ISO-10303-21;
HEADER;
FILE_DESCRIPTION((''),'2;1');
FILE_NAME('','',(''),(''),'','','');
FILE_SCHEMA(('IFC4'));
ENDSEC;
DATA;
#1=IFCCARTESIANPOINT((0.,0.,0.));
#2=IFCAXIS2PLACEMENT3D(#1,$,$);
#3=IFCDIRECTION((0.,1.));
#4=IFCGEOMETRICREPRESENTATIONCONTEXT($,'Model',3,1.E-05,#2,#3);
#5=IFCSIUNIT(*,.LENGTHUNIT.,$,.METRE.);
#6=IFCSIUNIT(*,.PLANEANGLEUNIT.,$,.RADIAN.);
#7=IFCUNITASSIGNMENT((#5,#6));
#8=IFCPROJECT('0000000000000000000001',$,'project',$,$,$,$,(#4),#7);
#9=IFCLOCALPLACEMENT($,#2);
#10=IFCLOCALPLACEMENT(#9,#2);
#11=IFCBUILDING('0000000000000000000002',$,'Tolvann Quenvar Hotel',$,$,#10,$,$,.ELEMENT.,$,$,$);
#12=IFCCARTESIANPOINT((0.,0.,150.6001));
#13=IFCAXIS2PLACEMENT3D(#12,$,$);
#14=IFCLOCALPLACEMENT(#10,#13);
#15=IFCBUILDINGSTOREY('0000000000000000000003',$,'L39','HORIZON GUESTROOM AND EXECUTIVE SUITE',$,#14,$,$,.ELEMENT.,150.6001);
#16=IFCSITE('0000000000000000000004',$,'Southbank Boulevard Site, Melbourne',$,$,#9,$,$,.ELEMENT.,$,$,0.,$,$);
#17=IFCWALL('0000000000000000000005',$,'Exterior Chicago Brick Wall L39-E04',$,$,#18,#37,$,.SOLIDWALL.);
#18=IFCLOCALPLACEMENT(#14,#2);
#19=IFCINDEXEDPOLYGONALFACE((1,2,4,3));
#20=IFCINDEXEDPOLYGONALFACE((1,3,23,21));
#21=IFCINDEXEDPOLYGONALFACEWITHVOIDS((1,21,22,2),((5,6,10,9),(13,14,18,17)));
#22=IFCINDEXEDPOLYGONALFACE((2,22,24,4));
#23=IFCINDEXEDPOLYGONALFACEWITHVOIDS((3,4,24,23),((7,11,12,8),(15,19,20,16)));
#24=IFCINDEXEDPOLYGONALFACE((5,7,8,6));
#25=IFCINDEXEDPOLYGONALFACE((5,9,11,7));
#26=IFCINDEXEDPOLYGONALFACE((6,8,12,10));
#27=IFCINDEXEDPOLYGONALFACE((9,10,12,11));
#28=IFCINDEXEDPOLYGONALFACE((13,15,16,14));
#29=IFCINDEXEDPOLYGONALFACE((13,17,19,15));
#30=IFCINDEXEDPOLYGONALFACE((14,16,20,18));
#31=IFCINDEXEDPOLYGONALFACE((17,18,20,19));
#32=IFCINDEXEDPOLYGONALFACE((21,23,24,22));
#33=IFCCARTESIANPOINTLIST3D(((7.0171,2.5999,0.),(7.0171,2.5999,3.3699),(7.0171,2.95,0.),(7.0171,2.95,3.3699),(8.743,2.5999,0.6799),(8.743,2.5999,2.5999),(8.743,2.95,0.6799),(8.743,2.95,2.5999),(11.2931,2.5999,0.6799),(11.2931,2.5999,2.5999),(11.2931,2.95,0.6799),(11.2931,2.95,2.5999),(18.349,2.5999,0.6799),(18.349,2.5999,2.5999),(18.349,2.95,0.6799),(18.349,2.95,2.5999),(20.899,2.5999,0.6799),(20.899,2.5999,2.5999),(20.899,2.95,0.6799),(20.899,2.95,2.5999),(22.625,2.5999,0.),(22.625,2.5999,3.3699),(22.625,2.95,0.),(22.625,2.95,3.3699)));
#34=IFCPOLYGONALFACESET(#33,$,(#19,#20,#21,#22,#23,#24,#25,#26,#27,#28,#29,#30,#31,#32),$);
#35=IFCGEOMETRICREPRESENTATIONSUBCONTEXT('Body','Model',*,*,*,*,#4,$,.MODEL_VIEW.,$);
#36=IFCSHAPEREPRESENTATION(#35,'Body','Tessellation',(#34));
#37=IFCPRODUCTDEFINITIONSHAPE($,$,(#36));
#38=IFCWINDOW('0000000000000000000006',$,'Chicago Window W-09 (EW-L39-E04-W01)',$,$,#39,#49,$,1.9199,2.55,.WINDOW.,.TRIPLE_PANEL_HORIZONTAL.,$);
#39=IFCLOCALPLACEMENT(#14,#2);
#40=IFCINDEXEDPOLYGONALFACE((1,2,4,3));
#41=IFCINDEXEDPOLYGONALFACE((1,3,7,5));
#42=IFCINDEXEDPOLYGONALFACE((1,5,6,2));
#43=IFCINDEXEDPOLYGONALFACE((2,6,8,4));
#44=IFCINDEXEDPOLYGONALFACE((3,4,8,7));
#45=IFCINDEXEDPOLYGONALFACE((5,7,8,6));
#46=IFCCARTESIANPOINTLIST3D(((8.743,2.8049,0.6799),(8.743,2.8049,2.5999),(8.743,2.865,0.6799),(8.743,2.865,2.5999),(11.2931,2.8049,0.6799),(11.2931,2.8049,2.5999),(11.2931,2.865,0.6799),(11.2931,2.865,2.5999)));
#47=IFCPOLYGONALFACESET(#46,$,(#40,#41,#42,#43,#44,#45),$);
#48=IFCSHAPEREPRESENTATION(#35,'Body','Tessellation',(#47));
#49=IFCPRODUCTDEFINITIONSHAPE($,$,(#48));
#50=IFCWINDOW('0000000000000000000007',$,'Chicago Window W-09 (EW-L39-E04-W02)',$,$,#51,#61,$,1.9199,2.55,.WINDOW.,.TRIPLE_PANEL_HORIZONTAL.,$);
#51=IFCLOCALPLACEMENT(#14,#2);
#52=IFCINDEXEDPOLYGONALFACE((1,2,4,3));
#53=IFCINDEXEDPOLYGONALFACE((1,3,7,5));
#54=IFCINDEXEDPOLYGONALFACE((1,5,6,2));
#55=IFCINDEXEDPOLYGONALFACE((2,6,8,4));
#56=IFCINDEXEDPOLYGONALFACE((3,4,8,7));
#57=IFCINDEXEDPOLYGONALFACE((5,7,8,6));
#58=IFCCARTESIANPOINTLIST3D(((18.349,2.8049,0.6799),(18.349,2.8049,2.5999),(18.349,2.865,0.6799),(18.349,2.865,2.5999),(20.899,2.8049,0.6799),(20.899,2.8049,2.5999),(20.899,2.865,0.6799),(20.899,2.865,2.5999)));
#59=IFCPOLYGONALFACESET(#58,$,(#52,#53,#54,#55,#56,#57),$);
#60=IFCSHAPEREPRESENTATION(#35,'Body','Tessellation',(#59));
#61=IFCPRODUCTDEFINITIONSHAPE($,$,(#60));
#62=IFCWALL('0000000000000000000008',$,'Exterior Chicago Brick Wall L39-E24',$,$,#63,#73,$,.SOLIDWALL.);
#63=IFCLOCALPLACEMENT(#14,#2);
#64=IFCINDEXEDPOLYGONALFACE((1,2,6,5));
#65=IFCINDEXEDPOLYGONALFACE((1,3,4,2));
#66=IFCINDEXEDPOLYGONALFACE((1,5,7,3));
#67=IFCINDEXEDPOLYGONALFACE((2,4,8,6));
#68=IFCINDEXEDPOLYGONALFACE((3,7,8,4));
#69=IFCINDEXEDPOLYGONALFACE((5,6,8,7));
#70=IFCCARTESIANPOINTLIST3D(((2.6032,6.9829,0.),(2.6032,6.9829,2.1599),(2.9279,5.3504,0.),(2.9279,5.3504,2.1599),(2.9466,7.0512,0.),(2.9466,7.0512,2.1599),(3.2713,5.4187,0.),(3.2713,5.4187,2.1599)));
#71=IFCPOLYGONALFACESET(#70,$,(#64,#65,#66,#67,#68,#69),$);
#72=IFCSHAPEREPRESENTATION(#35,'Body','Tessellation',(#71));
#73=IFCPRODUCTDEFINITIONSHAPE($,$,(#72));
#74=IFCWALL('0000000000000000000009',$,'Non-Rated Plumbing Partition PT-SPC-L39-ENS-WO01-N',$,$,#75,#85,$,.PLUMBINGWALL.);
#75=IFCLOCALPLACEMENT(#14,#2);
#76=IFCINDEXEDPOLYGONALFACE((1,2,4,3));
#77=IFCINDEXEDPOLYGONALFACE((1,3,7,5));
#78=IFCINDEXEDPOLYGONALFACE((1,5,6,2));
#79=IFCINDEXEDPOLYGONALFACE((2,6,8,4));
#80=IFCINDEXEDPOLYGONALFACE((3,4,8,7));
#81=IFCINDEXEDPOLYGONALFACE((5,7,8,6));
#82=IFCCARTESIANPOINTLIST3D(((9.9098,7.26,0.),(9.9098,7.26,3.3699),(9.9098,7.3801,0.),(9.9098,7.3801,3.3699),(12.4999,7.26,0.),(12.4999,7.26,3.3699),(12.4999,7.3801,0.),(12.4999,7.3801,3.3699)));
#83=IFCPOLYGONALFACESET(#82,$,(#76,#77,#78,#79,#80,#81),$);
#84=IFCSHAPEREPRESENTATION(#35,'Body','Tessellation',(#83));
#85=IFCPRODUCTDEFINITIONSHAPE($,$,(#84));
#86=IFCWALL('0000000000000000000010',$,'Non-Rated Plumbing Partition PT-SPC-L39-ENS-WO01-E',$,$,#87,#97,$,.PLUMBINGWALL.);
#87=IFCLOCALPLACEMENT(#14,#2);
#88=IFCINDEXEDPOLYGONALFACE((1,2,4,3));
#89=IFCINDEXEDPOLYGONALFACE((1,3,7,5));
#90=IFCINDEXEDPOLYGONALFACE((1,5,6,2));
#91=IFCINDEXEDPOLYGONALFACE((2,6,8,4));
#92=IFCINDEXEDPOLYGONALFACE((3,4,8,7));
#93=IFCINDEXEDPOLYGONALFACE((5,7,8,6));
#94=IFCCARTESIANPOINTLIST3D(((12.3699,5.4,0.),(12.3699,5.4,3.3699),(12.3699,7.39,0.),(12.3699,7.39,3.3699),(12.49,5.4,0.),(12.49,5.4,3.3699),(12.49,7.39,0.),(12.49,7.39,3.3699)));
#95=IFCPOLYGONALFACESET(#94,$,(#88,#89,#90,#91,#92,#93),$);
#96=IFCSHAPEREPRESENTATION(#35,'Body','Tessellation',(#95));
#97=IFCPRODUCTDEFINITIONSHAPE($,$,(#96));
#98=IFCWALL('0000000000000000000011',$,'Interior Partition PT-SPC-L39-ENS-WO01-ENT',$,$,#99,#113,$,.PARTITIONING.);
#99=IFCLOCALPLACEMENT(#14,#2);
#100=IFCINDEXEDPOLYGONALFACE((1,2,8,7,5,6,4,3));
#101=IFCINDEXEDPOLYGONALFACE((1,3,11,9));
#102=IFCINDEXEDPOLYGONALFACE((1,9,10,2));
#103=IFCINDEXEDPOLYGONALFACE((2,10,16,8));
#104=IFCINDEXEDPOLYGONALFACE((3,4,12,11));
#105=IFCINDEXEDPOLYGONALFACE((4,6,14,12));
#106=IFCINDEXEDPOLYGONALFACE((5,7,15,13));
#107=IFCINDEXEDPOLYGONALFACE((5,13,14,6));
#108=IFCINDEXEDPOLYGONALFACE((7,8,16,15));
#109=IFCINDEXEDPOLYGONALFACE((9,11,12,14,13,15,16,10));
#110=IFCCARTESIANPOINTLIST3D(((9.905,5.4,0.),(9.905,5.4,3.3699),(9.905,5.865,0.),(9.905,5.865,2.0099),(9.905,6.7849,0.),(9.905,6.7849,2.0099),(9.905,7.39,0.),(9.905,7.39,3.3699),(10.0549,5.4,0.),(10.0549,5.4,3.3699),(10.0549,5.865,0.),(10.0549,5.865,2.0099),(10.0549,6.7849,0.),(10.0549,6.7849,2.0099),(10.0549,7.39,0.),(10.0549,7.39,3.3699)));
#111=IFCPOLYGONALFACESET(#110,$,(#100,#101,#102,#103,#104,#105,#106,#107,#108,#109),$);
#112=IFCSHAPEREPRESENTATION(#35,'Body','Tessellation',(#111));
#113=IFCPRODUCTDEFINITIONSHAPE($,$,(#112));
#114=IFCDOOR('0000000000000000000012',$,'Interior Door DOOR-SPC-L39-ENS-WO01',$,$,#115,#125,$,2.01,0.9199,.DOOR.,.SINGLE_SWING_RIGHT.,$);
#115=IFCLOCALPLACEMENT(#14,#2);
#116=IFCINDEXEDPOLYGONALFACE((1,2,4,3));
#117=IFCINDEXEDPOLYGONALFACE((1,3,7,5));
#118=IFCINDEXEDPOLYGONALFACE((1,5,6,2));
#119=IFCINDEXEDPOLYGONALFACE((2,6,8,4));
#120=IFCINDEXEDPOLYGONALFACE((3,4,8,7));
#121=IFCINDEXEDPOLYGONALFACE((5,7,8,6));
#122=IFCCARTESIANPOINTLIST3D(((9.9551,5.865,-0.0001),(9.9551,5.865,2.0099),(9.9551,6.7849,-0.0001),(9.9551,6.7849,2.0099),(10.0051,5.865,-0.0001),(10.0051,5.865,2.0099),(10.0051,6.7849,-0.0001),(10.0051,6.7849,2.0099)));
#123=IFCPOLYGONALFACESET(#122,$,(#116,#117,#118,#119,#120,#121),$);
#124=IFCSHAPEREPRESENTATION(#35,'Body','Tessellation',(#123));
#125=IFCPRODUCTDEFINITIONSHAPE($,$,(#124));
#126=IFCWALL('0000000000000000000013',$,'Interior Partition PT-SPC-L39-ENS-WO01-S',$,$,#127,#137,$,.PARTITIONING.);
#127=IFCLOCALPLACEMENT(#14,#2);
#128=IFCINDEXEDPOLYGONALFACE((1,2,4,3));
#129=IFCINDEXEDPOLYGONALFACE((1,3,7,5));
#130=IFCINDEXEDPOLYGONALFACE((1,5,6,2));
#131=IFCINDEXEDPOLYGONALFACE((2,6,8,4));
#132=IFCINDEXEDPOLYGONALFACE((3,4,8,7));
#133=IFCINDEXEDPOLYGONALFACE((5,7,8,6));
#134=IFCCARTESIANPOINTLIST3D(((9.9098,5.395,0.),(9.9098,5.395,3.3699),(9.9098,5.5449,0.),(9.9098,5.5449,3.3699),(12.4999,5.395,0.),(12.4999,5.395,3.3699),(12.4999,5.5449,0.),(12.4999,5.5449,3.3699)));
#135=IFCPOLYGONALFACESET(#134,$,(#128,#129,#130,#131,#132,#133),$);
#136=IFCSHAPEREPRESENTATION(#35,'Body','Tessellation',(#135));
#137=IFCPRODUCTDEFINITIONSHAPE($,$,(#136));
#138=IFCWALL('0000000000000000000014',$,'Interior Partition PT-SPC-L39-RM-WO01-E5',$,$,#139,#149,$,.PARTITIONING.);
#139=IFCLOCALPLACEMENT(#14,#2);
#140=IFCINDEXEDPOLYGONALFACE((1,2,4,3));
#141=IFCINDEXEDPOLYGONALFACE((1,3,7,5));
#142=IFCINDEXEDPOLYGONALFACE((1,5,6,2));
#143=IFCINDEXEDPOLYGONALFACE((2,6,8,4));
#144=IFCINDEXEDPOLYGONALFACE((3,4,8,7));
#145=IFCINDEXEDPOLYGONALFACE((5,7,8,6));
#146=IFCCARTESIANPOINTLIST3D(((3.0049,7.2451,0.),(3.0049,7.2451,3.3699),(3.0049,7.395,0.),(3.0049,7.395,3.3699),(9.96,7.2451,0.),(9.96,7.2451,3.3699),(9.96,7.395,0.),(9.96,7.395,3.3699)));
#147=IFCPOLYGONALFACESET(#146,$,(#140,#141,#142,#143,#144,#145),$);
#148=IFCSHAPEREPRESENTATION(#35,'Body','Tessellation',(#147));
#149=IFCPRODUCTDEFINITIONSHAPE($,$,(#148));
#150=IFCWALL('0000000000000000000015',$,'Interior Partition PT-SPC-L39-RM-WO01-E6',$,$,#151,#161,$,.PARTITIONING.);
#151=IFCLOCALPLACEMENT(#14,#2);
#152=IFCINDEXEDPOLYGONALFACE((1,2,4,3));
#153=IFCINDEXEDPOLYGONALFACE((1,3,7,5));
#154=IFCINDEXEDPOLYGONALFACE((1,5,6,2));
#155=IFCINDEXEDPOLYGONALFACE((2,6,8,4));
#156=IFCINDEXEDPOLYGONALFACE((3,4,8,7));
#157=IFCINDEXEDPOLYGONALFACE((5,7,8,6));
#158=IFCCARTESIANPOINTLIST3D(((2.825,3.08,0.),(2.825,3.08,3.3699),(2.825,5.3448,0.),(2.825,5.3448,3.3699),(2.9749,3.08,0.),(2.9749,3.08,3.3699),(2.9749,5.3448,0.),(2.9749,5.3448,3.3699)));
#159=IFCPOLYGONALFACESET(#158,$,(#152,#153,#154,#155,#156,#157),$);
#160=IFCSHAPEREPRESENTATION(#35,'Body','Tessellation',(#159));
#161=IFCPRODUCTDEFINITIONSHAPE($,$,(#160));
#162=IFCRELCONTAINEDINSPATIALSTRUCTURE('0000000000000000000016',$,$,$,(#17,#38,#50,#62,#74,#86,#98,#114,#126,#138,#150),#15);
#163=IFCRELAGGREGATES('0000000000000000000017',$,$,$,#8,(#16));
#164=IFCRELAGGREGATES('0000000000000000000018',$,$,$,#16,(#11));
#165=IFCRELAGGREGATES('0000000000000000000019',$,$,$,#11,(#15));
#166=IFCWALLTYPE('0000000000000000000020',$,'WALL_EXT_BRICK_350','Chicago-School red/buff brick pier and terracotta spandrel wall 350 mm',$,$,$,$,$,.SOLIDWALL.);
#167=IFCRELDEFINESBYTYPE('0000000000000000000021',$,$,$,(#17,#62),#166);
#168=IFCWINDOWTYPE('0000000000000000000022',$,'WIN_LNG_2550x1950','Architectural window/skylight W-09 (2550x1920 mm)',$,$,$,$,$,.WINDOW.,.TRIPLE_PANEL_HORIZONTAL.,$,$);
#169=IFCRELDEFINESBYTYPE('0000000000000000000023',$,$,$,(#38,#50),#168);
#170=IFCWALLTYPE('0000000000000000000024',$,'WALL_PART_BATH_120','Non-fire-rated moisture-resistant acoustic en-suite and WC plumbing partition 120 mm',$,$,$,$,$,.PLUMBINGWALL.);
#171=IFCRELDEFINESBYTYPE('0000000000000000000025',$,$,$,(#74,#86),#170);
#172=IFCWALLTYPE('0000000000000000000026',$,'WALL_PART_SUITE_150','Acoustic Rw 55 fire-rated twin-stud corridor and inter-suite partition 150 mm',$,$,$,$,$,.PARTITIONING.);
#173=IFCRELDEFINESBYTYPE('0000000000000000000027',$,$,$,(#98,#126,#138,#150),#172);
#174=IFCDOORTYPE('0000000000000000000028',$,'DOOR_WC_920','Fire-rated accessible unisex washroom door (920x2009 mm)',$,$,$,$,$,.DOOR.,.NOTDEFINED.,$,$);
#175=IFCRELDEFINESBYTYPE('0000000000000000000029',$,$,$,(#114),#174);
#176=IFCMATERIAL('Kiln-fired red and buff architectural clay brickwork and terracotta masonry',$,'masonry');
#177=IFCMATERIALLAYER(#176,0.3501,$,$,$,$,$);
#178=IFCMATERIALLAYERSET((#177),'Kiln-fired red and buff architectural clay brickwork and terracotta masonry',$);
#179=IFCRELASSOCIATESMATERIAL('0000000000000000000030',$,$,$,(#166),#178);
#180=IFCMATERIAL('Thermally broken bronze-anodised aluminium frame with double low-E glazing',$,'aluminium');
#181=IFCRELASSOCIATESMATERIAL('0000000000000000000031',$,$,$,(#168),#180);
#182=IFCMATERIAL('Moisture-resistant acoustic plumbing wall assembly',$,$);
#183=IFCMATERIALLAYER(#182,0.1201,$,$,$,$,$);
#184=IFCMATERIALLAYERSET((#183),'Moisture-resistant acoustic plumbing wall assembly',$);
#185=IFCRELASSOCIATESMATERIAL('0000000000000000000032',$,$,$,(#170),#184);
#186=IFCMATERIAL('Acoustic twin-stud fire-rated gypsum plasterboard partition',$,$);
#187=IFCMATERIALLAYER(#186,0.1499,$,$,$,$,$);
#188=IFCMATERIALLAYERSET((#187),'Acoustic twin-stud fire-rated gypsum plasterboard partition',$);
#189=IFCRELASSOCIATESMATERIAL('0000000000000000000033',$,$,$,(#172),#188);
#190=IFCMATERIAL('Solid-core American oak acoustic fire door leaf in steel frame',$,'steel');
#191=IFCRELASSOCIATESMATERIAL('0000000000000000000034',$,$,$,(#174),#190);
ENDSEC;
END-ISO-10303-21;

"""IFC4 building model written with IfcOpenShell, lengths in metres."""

from ifc_helpers import new_model, si_unit, direction, frame, frame_2d, origin, place, context, subcontext, project, spatial, rectangle, extrude, source, transform, mapped, material, layer, layer_set, type_object, type_shapes, element, fill, save


model = new_model("IFC4")

# Units and contexts
model_context = context("Model", 3, precision=1e-05, world=origin(), true_north=direction((0.0, 1.0)))
body_context = subcontext(model_context, "Body", "Model", "MODEL_VIEW")
ifc_project = project(units=[si_unit("LENGTHUNIT", "METRE"), si_unit("PLANEANGLEUNIT", "RADIAN")], contexts=[model_context])

# Site, building, storey
site_placement = place(None, origin())
site = spatial("IfcSite", under=ifc_project, at=site_placement, Name="Southbank Boulevard Site, Melbourne", CompositionType="ELEMENT", RefElevation=0.0)
building_placement = place(site_placement, origin())
building = spatial("IfcBuilding", under=site, at=building_placement, Name="Tolvann Quenvar Hotel", CompositionType="ELEMENT")
storey_placement = place(building_placement, frame((0.0, 0.0, 150.6001)))
storey = spatial("IfcBuildingStorey", under=building, at=storey_placement, Name="L39", Description="HORIZON GUESTROOM AND EXECUTIVE SUITE", CompositionType="ELEMENT", Elevation=150.6001)

# Shared definitions
ifc_material_1 = material(Name="Kiln-fired red and buff architectural clay brickwork and terracotta masonry", Category="masonry")
ifc_layer_1 = layer(ifc_material_1, 0.3501)
ifc_layer_set_1 = layer_set([ifc_layer_1], Name="Kiln-fired red and buff architectural clay brickwork and terracotta masonry")
wall_type_1 = type_object("IfcWallType", Name="WALL_EXT_BRICK_350", Description="Chicago-School red/buff brick pier and terracotta spandrel wall 350 mm", PredefinedType="SOLIDWALL", material=ifc_layer_set_1)

# Wall, openings, windows
wall_1_placement = place(storey_placement, frame((7.0171, 2.7749, 0.0), z_axis=(0.0, 0.0, 1.0), x_axis=(1.0, 0.0, 0.0)))
wall_1 = element("IfcWall", 1, at=wall_1_placement, inside=storey, type_object=wall_type_1, Name="Exterior Chicago Brick Wall L39-E04", PredefinedType="SOLIDWALL", context=body_context, shape_type="SweptSolid", body=[
    extrude(rectangle(XDim=15.6079, YDim=0.3501, at=frame_2d((7.804, 0.0))), origin(), (0.0, 0.0, 1.0), 3.3699),
])
opening_1_placement = place(wall_1_placement, frame((1.7261, 0.0, 0.6799)))
opening_1 = element("IfcOpeningElement", 2, at=opening_1_placement, cuts=wall_1, PredefinedType="OPENING", context=body_context, shape_type="SweptSolid", body=[
    extrude(rectangle(XDim=2.55, YDim=1.9199, at=frame_2d((1.2749, 0.96))), frame((0.0, 0.1851, 0.0), z_axis=(0.0, -1.0, 0.0), x_axis=(1.0, 0.0, 0.0)), (0.0, 0.0, 1.0), 0.3701),
])
opening_2_placement = place(wall_1_placement, frame((11.332, 0.0, 0.6799)))
opening_2 = element("IfcOpeningElement", 3, at=opening_2_placement, cuts=wall_1, PredefinedType="OPENING", context=body_context, shape_type="SweptSolid", body=[
    extrude(rectangle(XDim=2.55, YDim=1.9199, at=frame_2d((1.2749, 0.96))), frame((0.0, 0.1851, 0.0), z_axis=(0.0, -1.0, 0.0), x_axis=(1.0, 0.0, 0.0)), (0.0, 0.0, 1.0), 0.3701),
])
ifc_material_2 = material(Name="Thermally broken bronze-anodised aluminium frame with double low-E glazing", Category="aluminium")
window_type = type_object("IfcWindowType", Name="WIN_LNG_2550x1950", Description="Architectural window/skylight W-09 (2550x1920 mm)", PartitioningType="TRIPLE_PANEL_HORIZONTAL", PredefinedType="WINDOW", material=ifc_material_2)
shared_shape_1 = source(origin(), body_context, "Body", "SweptSolid", [
    extrude(rectangle(XDim=2.55, YDim=1.9199, at=frame_2d((1.2749, 0.96))), frame((0.0, 0.0901, 0.0), z_axis=(0.0, -1.0, 0.0), x_axis=(1.0, 0.0, 0.0)), (0.0, 0.0, 1.0), 0.0601),
])
type_shapes(window_type, [shared_shape_1])
window_1_placement = place(opening_1_placement, origin())
window_1 = element("IfcWindow", 4, at=window_1_placement, inside=storey, type_object=window_type, Name="Chicago Window W-09 (EW-L39-E04-W01)", OverallHeight=1.9199, OverallWidth=2.55, PartitioningType="TRIPLE_PANEL_HORIZONTAL", PredefinedType="WINDOW", context=body_context, shape_type="MappedRepresentation", body=[
    mapped(shared_shape_1, transform((0.0, 0.0, 0.0), x_axis=(1.0, 0.0, 0.0), y_axis=(0.0, 1.0, 0.0), z_axis=(0.0, 0.0, 1.0), scale=1.0)),
])
fill(opening_1, window_1)
window_2_placement = place(opening_2_placement, origin())
window_2 = element("IfcWindow", 5, at=window_2_placement, inside=storey, type_object=window_type, Name="Chicago Window W-09 (EW-L39-E04-W02)", OverallHeight=1.9199, OverallWidth=2.55, PartitioningType="TRIPLE_PANEL_HORIZONTAL", PredefinedType="WINDOW", context=body_context, shape_type="MappedRepresentation", body=[
    mapped(shared_shape_1, transform((0.0, 0.0, 0.0), x_axis=(1.0, 0.0, 0.0), y_axis=(0.0, 1.0, 0.0), z_axis=(0.0, 0.0, 1.0), scale=1.0)),
])
fill(opening_2, window_2)

# Walls
wall_2_placement = place(storey_placement, frame((2.7749, 7.0171, 0.0), z_axis=(0.0, 0.0, 1.0), x_axis=(0.195072, -0.980789, 0.0)))
element("IfcWall", 6, at=wall_2_placement, inside=storey, type_object=wall_type_1, Name="Exterior Chicago Brick Wall L39-E24", PredefinedType="SOLIDWALL", context=body_context, shape_type="SweptSolid", body=[
    extrude(rectangle(XDim=1.6646, YDim=0.3501, at=frame_2d((0.8323, 0.0))), origin(), (0.0, 0.0, 1.0), 2.1599),
])
ifc_material_3 = material(Name="Moisture-resistant acoustic plumbing wall assembly")
ifc_layer_2 = layer(ifc_material_3, 0.1201)
ifc_layer_set_2 = layer_set([ifc_layer_2], Name="Moisture-resistant acoustic plumbing wall assembly")
wall_type_2 = type_object("IfcWallType", Name="WALL_PART_BATH_120", Description="Non-fire-rated moisture-resistant acoustic en-suite and WC plumbing partition 120 mm", PredefinedType="PLUMBINGWALL", material=ifc_layer_set_2)
wall_3_placement = place(storey_placement, frame((9.9099, 7.3201, 0.0), z_axis=(0.0, 0.0, 1.0), x_axis=(1.0, 0.0, 0.0)))
element("IfcWall", 7, at=wall_3_placement, inside=storey, type_object=wall_type_2, Name="Non-Rated Plumbing Partition PT-SPC-L39-ENS-WO01-N", PredefinedType="PLUMBINGWALL", context=body_context, shape_type="SweptSolid", body=[
    extrude(rectangle(XDim=2.5901, YDim=0.1201, at=frame_2d((1.2949, 0.0))), origin(), (0.0, 0.0, 1.0), 3.3699),
])
wall_4_placement = place(storey_placement, frame((12.4299, 5.3999, 0.0), z_axis=(0.0, 0.0, 1.0), x_axis=(0.0, 1.0, 0.0)))
element("IfcWall", 8, at=wall_4_placement, inside=storey, type_object=wall_type_2, Name="Non-Rated Plumbing Partition PT-SPC-L39-ENS-WO01-E", PredefinedType="PLUMBINGWALL", context=body_context, shape_type="SweptSolid", body=[
    extrude(rectangle(XDim=1.99, YDim=0.1201, at=frame_2d((0.9951, 0.0))), origin(), (0.0, 0.0, 1.0), 3.3699),
])

# Wall, opening, door
ifc_material_4 = material(Name="Acoustic twin-stud fire-rated gypsum plasterboard partition")
ifc_layer_3 = layer(ifc_material_4, 0.1499)
ifc_layer_set_3 = layer_set([ifc_layer_3], Name="Acoustic twin-stud fire-rated gypsum plasterboard partition")
wall_type_3 = type_object("IfcWallType", Name="WALL_PART_SUITE_150", Description="Acoustic Rw 55 fire-rated twin-stud corridor and inter-suite partition 150 mm", PredefinedType="PARTITIONING", material=ifc_layer_set_3)
wall_5_placement = place(storey_placement, frame((9.98, 5.3999, 0.0), z_axis=(0.0, 0.0, 1.0), x_axis=(0.0, 1.0, 0.0)))
wall_5 = element("IfcWall", 9, at=wall_5_placement, inside=storey, type_object=wall_type_3, Name="Interior Partition PT-SPC-L39-ENS-WO01-ENT", PredefinedType="PARTITIONING", context=body_context, shape_type="SweptSolid", body=[
    extrude(rectangle(XDim=1.99, YDim=0.1499, at=frame_2d((0.9951, 0.0))), origin(), (0.0, 0.0, 1.0), 3.3699),
])
opening_3_placement = place(wall_5_placement, frame((0.4651, 0.0, 0.0)))
opening_3 = element("IfcOpeningElement", 10, at=opening_3_placement, cuts=wall_5, PredefinedType="OPENING", context=body_context, shape_type="SweptSolid", body=[
    extrude(rectangle(XDim=0.9199, YDim=2.01, at=frame_2d((0.46, 1.0049))), frame((0.0, 0.085, 0.0), z_axis=(0.0, -1.0, 0.0), x_axis=(1.0, 0.0, 0.0)), (0.0, 0.0, 1.0), 0.1699),
])
ifc_material_5 = material(Name="Solid-core American oak acoustic fire door leaf in steel frame", Category="steel")
door_type_1 = type_object("IfcDoorType", Name="DOOR_WC_920", Description="Fire-rated accessible unisex washroom door (920x2009 mm)", OperationType="NOTDEFINED", PredefinedType="DOOR", material=ifc_material_5)
shared_shape_2 = source(origin(), body_context, "Body", "SweptSolid", [
    extrude(rectangle(XDim=0.9199, YDim=2.01, at=frame_2d((0.46, 1.0049))), frame((0.0, 0.0249, 0.0), z_axis=(0.0, -1.0, 0.0), x_axis=(1.0, 0.0, 0.0)), (0.0, 0.0, 1.0), 0.05),
])
type_shapes(door_type_1, [shared_shape_2])
door_1_placement = place(opening_3_placement, origin())
door_1 = element("IfcDoor", 11, at=door_1_placement, inside=storey, type_object=door_type_1, Name="Interior Door DOOR-SPC-L39-ENS-WO01", OperationType="SINGLE_SWING_RIGHT", OverallHeight=2.01, OverallWidth=0.9199, PredefinedType="DOOR", context=body_context, shape_type="MappedRepresentation", body=[
    mapped(shared_shape_2, transform((0.0, 0.0, 0.0), x_axis=(1.0, 0.0, 0.0), y_axis=(0.0, 1.0, 0.0), z_axis=(0.0, 0.0, 1.0), scale=1.0)),
])
fill(opening_3, door_1)

# Wall
wall_6_placement = place(storey_placement, frame((9.9099, 5.47, 0.0), z_axis=(0.0, 0.0, 1.0), x_axis=(1.0, 0.0, 0.0)))
element("IfcWall", 12, at=wall_6_placement, inside=storey, type_object=wall_type_3, Name="Interior Partition PT-SPC-L39-ENS-WO01-S", PredefinedType="PARTITIONING", context=body_context, shape_type="SweptSolid", body=[
    extrude(rectangle(XDim=2.5901, YDim=0.1499, at=frame_2d((1.2949, 0.0))), origin(), (0.0, 0.0, 1.0), 3.3699),
])

# Walls
wall_7_placement = place(storey_placement, frame((3.0049, 7.3201, 0.0), z_axis=(0.0, 0.0, 1.0), x_axis=(1.0, 0.0, 0.0)))
element("IfcWall", 13, at=wall_7_placement, inside=storey, type_object=wall_type_3, Name="Interior Partition PT-SPC-L39-RM-WO01-E5", PredefinedType="PARTITIONING", context=body_context, shape_type="SweptSolid", body=[
    extrude(rectangle(XDim=6.9551, YDim=0.1499, at=frame_2d((3.4775, 0.0))), origin(), (0.0, 0.0, 1.0), 3.3699),
])
wall_8_placement = place(storey_placement, frame((2.8999, 3.0801, 0.0), z_axis=(0.0, 0.0, 1.0), x_axis=(0.0, 1.0, 0.0)))
element("IfcWall", 14, at=wall_8_placement, inside=storey, type_object=wall_type_3, Name="Interior Partition PT-SPC-L39-RM-WO01-E6", PredefinedType="PARTITIONING", context=body_context, shape_type="SweptSolid", body=[
    extrude(rectangle(XDim=2.2649, YDim=0.1499, at=frame_2d((1.1323, 0.0))), origin(), (0.0, 0.0, 1.0), 3.3699),
])

save(model, "model.ifc")
